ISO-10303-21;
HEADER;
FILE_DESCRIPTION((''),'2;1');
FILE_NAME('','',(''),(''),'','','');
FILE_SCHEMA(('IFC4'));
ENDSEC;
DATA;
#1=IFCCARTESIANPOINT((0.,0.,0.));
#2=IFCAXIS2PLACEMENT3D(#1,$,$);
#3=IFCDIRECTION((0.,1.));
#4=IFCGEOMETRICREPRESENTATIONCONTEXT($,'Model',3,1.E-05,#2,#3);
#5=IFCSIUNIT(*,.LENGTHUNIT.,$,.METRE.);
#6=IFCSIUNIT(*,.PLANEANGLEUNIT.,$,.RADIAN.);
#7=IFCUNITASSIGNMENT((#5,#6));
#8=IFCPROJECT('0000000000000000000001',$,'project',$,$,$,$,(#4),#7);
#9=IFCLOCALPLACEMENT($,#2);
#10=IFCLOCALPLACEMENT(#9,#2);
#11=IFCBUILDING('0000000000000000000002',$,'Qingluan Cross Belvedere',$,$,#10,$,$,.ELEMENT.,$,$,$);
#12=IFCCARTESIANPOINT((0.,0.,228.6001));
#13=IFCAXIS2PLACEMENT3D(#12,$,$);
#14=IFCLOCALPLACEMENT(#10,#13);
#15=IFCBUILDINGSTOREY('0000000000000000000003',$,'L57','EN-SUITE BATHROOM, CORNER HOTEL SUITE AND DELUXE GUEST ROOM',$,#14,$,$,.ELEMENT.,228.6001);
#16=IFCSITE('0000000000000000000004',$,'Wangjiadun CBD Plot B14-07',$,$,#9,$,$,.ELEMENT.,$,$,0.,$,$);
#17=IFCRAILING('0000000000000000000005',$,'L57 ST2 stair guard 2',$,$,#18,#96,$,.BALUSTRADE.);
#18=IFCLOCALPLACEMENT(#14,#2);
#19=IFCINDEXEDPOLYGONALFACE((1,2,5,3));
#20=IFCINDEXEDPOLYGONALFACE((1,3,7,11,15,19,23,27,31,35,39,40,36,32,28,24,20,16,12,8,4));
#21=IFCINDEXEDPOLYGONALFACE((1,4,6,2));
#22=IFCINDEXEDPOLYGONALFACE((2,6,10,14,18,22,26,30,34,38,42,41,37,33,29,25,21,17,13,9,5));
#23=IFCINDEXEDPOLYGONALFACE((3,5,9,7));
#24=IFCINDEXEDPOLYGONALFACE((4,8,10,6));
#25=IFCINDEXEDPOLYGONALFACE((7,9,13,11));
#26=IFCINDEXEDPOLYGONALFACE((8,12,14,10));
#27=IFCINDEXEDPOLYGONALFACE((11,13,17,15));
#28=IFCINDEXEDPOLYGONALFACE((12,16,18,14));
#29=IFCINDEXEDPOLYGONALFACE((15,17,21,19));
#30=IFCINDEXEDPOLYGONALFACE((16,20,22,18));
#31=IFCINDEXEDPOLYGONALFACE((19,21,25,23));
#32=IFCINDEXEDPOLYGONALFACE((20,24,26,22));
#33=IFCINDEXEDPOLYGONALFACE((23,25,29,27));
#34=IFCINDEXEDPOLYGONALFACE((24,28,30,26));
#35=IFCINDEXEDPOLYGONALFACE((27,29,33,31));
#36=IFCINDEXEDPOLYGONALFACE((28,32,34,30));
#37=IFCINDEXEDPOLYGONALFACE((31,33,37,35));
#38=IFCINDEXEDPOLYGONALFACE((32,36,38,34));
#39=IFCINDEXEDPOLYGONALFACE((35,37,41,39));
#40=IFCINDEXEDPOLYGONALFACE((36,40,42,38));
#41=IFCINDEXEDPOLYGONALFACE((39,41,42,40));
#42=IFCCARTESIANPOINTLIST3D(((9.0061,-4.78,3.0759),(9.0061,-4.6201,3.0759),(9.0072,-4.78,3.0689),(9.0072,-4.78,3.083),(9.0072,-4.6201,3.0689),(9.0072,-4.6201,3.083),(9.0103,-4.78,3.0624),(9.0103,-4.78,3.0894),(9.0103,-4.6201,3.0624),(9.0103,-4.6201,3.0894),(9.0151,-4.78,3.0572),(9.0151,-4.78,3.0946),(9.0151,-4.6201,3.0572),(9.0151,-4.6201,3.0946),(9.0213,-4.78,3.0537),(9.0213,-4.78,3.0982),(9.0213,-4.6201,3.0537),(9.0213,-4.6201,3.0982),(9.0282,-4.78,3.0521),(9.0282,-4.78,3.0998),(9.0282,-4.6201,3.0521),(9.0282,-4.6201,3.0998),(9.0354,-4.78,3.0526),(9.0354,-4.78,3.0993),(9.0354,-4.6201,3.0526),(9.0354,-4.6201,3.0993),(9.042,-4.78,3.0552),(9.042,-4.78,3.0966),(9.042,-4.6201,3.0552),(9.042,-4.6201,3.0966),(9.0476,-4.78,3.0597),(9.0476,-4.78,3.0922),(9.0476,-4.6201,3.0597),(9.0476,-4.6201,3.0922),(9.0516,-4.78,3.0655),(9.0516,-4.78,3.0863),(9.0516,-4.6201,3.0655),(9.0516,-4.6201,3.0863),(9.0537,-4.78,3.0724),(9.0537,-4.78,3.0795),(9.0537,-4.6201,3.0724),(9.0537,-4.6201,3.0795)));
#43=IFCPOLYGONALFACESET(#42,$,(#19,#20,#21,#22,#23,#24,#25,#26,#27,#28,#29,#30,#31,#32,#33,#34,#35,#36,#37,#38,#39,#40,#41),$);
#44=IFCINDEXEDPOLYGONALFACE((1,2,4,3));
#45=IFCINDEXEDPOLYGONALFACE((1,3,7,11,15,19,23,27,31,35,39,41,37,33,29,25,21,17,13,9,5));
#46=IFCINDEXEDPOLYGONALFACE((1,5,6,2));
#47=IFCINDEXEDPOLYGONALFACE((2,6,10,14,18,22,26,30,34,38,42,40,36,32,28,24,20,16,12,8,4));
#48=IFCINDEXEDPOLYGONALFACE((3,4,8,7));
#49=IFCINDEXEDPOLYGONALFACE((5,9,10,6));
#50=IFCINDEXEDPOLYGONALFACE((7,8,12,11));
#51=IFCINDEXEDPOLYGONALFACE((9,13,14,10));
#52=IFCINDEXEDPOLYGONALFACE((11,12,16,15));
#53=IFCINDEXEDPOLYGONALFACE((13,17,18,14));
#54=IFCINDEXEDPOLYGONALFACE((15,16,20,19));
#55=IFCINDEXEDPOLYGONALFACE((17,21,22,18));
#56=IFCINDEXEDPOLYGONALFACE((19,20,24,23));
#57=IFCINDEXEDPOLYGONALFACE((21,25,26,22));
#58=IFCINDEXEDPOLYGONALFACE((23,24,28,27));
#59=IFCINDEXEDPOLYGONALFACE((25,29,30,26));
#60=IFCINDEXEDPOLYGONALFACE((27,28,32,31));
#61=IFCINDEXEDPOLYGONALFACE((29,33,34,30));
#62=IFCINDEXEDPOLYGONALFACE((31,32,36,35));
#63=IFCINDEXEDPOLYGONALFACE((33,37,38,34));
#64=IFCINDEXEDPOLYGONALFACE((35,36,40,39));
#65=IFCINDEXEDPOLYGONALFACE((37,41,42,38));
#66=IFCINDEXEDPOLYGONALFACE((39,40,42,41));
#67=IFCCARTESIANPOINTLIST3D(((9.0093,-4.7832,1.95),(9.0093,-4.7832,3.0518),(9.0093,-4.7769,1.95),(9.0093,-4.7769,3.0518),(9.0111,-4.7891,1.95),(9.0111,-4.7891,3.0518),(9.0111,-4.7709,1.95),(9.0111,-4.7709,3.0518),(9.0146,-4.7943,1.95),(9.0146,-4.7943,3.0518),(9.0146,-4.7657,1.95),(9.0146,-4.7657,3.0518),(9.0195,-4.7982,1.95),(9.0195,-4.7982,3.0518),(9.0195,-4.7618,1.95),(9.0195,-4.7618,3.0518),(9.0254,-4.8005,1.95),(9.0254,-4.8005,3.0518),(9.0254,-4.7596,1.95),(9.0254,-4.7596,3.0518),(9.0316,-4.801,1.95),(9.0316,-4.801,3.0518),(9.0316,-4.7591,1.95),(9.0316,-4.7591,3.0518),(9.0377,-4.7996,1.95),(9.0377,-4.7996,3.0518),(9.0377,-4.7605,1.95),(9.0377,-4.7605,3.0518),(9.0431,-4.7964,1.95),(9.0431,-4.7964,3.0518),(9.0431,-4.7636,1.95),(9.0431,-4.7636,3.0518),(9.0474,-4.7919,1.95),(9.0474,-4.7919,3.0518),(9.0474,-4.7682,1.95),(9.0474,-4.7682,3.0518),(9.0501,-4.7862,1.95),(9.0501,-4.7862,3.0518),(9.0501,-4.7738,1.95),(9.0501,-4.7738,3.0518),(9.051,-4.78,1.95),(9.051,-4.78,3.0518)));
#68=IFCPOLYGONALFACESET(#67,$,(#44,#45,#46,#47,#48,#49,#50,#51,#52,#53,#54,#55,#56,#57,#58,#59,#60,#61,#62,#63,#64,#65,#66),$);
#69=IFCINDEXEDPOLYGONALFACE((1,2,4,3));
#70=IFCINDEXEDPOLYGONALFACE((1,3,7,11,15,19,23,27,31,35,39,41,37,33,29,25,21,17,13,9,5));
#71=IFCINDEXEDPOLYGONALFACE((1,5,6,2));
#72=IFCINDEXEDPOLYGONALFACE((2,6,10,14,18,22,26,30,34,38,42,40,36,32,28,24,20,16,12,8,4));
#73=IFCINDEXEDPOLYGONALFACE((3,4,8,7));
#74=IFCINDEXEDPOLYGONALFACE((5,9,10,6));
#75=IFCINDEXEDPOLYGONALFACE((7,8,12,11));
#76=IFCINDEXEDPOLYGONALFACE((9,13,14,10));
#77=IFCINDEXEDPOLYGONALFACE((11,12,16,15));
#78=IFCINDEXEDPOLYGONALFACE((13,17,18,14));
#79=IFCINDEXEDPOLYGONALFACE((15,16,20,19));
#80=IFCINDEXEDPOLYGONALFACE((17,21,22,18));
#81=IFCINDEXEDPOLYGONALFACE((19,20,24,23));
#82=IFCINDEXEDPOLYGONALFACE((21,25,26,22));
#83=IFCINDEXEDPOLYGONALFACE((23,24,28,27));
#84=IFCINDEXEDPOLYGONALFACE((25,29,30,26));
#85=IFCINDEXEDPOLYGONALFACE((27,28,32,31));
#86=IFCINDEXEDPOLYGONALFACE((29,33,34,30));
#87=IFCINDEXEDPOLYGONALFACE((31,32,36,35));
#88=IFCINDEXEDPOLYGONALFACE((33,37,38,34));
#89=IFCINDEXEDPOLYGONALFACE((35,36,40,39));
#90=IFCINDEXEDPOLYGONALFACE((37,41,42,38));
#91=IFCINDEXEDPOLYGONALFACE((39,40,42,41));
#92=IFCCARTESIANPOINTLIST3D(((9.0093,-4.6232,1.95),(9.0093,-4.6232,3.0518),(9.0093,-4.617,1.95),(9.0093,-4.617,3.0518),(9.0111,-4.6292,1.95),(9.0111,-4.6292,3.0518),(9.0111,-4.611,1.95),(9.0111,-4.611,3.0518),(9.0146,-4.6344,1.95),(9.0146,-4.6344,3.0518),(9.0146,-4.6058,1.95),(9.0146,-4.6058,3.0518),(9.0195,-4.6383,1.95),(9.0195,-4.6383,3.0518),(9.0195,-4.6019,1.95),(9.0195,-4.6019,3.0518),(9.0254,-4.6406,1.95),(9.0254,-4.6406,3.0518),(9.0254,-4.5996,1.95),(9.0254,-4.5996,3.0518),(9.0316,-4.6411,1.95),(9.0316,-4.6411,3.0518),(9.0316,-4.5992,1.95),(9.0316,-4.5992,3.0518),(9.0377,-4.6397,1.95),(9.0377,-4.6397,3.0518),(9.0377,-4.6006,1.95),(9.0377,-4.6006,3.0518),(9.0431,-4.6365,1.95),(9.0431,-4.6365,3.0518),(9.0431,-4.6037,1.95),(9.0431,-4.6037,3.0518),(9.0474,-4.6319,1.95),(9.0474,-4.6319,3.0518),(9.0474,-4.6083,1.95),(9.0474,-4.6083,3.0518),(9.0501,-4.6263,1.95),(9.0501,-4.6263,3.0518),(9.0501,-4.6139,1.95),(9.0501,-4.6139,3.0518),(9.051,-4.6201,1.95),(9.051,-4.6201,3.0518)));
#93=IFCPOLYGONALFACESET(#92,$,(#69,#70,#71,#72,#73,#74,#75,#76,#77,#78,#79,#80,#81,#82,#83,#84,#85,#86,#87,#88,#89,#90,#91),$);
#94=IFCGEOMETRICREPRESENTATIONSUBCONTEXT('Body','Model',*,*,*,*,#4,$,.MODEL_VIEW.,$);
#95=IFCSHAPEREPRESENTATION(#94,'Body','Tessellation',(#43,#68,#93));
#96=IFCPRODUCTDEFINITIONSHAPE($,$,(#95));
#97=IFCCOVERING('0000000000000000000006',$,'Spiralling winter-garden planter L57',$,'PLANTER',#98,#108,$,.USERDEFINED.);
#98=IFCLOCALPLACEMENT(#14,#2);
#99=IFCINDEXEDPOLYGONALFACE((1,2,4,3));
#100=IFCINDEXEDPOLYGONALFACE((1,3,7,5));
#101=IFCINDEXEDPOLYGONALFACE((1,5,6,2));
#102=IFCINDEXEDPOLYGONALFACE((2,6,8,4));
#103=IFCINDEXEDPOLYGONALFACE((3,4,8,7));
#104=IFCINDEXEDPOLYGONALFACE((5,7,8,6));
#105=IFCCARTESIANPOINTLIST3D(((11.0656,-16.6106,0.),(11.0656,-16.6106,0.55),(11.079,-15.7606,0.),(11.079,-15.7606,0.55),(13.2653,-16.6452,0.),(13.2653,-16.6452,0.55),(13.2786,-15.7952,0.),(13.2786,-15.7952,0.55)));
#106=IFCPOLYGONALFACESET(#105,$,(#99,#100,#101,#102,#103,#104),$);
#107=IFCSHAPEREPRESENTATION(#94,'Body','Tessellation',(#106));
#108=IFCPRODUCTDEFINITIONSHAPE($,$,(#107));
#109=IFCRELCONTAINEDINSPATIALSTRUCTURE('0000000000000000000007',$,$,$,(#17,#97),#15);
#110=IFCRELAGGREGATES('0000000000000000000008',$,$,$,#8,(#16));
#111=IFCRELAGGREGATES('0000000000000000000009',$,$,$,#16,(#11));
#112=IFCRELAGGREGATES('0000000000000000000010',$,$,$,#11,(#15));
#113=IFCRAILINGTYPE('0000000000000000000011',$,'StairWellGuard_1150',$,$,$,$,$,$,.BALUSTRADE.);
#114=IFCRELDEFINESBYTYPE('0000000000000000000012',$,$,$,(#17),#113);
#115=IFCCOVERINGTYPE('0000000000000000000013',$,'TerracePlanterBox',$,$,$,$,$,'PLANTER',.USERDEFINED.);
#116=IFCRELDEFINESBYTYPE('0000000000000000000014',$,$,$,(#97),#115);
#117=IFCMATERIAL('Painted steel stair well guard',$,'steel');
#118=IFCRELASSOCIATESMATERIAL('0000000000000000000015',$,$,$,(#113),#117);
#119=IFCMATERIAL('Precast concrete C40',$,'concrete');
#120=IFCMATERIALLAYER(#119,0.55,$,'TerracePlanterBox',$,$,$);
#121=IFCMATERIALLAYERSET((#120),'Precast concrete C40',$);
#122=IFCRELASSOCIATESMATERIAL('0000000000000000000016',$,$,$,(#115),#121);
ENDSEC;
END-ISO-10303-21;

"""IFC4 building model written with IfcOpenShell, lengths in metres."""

from ifc_helpers import new_model, si_unit, direction, frame, origin, origin_2d, place, context, subcontext, project, spatial, rectangle, circle, extrude, material, layer, layer_set, type_object, element, save


model = new_model("IFC4")

# Units and contexts
model_context = context("Model", 3, precision=1e-05, world=origin(), true_north=direction((0.0, 1.0)))
body_context = subcontext(model_context, "Body", "Model", "MODEL_VIEW")
ifc_project = project(units=[si_unit("LENGTHUNIT", "METRE"), si_unit("PLANEANGLEUNIT", "RADIAN")], contexts=[model_context])

# Site, building, storey
site_placement = place(None, origin())
site = spatial("IfcSite", under=ifc_project, at=site_placement, Name="Wangjiadun CBD Plot B14-07", CompositionType="ELEMENT", RefElevation=0.0)
building_placement = place(site_placement, origin())
building = spatial("IfcBuilding", under=site, at=building_placement, Name="Qingluan Cross Belvedere", CompositionType="ELEMENT")
storey_placement = place(building_placement, frame((0.0, 0.0, 228.6001)))
storey = spatial("IfcBuildingStorey", under=building, at=storey_placement, Name="L57", Description="EN-SUITE BATHROOM, CORNER HOTEL SUITE AND DELUXE GUEST ROOM", CompositionType="ELEMENT", Elevation=228.6001)

# Railing
ifc_material_1 = material(Name="Painted steel stair well guard", Category="steel")
railing_type_1 = type_object("IfcRailingType", Name="StairWellGuard_1150", PredefinedType="BALUSTRADE", material=ifc_material_1)
railing_1_placement = place(storey_placement, frame((9.03, -4.78, 1.95)))
element("IfcRailing", 1, at=railing_1_placement, inside=storey, type_object=railing_type_1, Name="L57 ST2 stair guard 2", PredefinedType="BALUSTRADE", context=body_context, shape_type="SweptSolid", body=[
    extrude(circle(Radius=0.0239, at=origin_2d()), frame((0.0, 0.0, 1.126), z_axis=(0.0, 1.0, 0.0), x_axis=(-1.0, 0.0, 0.0)), (0.0, 0.0, 1.0), 0.1599),
    extrude(circle(Radius=0.021, at=origin_2d()), origin(), (0.0, 0.0, 1.0), 1.1018),
    extrude(circle(Radius=0.021, at=origin_2d()), frame((0.0, 0.1599, 0.0)), (0.0, 0.0, 1.0), 1.1018),
])

# Covering
ifc_material_2 = material(Name="Precast concrete C40", Category="concrete")
ifc_layer_1 = layer(ifc_material_2, 0.55, Name="TerracePlanterBox")
ifc_layer_set_1 = layer_set([ifc_layer_1], Name="Precast concrete C40")
covering_type_1 = type_object("IfcCoveringType", Name="TerracePlanterBox", ElementType="PLANTER", PredefinedType="USERDEFINED", material=ifc_layer_set_1)
covering_1_placement = place(storey_placement, frame((12.1721, -16.2029, 0.0), z_axis=(0.0, 0.0, 1.0), x_axis=(0.999877, -0.015707, 0.0)))
element("IfcCovering", 2, at=covering_1_placement, inside=storey, type_object=covering_type_1, Name="Spiralling winter-garden planter L57", ObjectType="PLANTER", PredefinedType="USERDEFINED", context=body_context, shape_type="SweptSolid", body=[
    extrude(rectangle(XDim=2.2, YDim=0.8501, at=origin_2d()), origin(), (0.0, 0.0, 1.0), 0.55),
])

save(model, "model.ifc")
